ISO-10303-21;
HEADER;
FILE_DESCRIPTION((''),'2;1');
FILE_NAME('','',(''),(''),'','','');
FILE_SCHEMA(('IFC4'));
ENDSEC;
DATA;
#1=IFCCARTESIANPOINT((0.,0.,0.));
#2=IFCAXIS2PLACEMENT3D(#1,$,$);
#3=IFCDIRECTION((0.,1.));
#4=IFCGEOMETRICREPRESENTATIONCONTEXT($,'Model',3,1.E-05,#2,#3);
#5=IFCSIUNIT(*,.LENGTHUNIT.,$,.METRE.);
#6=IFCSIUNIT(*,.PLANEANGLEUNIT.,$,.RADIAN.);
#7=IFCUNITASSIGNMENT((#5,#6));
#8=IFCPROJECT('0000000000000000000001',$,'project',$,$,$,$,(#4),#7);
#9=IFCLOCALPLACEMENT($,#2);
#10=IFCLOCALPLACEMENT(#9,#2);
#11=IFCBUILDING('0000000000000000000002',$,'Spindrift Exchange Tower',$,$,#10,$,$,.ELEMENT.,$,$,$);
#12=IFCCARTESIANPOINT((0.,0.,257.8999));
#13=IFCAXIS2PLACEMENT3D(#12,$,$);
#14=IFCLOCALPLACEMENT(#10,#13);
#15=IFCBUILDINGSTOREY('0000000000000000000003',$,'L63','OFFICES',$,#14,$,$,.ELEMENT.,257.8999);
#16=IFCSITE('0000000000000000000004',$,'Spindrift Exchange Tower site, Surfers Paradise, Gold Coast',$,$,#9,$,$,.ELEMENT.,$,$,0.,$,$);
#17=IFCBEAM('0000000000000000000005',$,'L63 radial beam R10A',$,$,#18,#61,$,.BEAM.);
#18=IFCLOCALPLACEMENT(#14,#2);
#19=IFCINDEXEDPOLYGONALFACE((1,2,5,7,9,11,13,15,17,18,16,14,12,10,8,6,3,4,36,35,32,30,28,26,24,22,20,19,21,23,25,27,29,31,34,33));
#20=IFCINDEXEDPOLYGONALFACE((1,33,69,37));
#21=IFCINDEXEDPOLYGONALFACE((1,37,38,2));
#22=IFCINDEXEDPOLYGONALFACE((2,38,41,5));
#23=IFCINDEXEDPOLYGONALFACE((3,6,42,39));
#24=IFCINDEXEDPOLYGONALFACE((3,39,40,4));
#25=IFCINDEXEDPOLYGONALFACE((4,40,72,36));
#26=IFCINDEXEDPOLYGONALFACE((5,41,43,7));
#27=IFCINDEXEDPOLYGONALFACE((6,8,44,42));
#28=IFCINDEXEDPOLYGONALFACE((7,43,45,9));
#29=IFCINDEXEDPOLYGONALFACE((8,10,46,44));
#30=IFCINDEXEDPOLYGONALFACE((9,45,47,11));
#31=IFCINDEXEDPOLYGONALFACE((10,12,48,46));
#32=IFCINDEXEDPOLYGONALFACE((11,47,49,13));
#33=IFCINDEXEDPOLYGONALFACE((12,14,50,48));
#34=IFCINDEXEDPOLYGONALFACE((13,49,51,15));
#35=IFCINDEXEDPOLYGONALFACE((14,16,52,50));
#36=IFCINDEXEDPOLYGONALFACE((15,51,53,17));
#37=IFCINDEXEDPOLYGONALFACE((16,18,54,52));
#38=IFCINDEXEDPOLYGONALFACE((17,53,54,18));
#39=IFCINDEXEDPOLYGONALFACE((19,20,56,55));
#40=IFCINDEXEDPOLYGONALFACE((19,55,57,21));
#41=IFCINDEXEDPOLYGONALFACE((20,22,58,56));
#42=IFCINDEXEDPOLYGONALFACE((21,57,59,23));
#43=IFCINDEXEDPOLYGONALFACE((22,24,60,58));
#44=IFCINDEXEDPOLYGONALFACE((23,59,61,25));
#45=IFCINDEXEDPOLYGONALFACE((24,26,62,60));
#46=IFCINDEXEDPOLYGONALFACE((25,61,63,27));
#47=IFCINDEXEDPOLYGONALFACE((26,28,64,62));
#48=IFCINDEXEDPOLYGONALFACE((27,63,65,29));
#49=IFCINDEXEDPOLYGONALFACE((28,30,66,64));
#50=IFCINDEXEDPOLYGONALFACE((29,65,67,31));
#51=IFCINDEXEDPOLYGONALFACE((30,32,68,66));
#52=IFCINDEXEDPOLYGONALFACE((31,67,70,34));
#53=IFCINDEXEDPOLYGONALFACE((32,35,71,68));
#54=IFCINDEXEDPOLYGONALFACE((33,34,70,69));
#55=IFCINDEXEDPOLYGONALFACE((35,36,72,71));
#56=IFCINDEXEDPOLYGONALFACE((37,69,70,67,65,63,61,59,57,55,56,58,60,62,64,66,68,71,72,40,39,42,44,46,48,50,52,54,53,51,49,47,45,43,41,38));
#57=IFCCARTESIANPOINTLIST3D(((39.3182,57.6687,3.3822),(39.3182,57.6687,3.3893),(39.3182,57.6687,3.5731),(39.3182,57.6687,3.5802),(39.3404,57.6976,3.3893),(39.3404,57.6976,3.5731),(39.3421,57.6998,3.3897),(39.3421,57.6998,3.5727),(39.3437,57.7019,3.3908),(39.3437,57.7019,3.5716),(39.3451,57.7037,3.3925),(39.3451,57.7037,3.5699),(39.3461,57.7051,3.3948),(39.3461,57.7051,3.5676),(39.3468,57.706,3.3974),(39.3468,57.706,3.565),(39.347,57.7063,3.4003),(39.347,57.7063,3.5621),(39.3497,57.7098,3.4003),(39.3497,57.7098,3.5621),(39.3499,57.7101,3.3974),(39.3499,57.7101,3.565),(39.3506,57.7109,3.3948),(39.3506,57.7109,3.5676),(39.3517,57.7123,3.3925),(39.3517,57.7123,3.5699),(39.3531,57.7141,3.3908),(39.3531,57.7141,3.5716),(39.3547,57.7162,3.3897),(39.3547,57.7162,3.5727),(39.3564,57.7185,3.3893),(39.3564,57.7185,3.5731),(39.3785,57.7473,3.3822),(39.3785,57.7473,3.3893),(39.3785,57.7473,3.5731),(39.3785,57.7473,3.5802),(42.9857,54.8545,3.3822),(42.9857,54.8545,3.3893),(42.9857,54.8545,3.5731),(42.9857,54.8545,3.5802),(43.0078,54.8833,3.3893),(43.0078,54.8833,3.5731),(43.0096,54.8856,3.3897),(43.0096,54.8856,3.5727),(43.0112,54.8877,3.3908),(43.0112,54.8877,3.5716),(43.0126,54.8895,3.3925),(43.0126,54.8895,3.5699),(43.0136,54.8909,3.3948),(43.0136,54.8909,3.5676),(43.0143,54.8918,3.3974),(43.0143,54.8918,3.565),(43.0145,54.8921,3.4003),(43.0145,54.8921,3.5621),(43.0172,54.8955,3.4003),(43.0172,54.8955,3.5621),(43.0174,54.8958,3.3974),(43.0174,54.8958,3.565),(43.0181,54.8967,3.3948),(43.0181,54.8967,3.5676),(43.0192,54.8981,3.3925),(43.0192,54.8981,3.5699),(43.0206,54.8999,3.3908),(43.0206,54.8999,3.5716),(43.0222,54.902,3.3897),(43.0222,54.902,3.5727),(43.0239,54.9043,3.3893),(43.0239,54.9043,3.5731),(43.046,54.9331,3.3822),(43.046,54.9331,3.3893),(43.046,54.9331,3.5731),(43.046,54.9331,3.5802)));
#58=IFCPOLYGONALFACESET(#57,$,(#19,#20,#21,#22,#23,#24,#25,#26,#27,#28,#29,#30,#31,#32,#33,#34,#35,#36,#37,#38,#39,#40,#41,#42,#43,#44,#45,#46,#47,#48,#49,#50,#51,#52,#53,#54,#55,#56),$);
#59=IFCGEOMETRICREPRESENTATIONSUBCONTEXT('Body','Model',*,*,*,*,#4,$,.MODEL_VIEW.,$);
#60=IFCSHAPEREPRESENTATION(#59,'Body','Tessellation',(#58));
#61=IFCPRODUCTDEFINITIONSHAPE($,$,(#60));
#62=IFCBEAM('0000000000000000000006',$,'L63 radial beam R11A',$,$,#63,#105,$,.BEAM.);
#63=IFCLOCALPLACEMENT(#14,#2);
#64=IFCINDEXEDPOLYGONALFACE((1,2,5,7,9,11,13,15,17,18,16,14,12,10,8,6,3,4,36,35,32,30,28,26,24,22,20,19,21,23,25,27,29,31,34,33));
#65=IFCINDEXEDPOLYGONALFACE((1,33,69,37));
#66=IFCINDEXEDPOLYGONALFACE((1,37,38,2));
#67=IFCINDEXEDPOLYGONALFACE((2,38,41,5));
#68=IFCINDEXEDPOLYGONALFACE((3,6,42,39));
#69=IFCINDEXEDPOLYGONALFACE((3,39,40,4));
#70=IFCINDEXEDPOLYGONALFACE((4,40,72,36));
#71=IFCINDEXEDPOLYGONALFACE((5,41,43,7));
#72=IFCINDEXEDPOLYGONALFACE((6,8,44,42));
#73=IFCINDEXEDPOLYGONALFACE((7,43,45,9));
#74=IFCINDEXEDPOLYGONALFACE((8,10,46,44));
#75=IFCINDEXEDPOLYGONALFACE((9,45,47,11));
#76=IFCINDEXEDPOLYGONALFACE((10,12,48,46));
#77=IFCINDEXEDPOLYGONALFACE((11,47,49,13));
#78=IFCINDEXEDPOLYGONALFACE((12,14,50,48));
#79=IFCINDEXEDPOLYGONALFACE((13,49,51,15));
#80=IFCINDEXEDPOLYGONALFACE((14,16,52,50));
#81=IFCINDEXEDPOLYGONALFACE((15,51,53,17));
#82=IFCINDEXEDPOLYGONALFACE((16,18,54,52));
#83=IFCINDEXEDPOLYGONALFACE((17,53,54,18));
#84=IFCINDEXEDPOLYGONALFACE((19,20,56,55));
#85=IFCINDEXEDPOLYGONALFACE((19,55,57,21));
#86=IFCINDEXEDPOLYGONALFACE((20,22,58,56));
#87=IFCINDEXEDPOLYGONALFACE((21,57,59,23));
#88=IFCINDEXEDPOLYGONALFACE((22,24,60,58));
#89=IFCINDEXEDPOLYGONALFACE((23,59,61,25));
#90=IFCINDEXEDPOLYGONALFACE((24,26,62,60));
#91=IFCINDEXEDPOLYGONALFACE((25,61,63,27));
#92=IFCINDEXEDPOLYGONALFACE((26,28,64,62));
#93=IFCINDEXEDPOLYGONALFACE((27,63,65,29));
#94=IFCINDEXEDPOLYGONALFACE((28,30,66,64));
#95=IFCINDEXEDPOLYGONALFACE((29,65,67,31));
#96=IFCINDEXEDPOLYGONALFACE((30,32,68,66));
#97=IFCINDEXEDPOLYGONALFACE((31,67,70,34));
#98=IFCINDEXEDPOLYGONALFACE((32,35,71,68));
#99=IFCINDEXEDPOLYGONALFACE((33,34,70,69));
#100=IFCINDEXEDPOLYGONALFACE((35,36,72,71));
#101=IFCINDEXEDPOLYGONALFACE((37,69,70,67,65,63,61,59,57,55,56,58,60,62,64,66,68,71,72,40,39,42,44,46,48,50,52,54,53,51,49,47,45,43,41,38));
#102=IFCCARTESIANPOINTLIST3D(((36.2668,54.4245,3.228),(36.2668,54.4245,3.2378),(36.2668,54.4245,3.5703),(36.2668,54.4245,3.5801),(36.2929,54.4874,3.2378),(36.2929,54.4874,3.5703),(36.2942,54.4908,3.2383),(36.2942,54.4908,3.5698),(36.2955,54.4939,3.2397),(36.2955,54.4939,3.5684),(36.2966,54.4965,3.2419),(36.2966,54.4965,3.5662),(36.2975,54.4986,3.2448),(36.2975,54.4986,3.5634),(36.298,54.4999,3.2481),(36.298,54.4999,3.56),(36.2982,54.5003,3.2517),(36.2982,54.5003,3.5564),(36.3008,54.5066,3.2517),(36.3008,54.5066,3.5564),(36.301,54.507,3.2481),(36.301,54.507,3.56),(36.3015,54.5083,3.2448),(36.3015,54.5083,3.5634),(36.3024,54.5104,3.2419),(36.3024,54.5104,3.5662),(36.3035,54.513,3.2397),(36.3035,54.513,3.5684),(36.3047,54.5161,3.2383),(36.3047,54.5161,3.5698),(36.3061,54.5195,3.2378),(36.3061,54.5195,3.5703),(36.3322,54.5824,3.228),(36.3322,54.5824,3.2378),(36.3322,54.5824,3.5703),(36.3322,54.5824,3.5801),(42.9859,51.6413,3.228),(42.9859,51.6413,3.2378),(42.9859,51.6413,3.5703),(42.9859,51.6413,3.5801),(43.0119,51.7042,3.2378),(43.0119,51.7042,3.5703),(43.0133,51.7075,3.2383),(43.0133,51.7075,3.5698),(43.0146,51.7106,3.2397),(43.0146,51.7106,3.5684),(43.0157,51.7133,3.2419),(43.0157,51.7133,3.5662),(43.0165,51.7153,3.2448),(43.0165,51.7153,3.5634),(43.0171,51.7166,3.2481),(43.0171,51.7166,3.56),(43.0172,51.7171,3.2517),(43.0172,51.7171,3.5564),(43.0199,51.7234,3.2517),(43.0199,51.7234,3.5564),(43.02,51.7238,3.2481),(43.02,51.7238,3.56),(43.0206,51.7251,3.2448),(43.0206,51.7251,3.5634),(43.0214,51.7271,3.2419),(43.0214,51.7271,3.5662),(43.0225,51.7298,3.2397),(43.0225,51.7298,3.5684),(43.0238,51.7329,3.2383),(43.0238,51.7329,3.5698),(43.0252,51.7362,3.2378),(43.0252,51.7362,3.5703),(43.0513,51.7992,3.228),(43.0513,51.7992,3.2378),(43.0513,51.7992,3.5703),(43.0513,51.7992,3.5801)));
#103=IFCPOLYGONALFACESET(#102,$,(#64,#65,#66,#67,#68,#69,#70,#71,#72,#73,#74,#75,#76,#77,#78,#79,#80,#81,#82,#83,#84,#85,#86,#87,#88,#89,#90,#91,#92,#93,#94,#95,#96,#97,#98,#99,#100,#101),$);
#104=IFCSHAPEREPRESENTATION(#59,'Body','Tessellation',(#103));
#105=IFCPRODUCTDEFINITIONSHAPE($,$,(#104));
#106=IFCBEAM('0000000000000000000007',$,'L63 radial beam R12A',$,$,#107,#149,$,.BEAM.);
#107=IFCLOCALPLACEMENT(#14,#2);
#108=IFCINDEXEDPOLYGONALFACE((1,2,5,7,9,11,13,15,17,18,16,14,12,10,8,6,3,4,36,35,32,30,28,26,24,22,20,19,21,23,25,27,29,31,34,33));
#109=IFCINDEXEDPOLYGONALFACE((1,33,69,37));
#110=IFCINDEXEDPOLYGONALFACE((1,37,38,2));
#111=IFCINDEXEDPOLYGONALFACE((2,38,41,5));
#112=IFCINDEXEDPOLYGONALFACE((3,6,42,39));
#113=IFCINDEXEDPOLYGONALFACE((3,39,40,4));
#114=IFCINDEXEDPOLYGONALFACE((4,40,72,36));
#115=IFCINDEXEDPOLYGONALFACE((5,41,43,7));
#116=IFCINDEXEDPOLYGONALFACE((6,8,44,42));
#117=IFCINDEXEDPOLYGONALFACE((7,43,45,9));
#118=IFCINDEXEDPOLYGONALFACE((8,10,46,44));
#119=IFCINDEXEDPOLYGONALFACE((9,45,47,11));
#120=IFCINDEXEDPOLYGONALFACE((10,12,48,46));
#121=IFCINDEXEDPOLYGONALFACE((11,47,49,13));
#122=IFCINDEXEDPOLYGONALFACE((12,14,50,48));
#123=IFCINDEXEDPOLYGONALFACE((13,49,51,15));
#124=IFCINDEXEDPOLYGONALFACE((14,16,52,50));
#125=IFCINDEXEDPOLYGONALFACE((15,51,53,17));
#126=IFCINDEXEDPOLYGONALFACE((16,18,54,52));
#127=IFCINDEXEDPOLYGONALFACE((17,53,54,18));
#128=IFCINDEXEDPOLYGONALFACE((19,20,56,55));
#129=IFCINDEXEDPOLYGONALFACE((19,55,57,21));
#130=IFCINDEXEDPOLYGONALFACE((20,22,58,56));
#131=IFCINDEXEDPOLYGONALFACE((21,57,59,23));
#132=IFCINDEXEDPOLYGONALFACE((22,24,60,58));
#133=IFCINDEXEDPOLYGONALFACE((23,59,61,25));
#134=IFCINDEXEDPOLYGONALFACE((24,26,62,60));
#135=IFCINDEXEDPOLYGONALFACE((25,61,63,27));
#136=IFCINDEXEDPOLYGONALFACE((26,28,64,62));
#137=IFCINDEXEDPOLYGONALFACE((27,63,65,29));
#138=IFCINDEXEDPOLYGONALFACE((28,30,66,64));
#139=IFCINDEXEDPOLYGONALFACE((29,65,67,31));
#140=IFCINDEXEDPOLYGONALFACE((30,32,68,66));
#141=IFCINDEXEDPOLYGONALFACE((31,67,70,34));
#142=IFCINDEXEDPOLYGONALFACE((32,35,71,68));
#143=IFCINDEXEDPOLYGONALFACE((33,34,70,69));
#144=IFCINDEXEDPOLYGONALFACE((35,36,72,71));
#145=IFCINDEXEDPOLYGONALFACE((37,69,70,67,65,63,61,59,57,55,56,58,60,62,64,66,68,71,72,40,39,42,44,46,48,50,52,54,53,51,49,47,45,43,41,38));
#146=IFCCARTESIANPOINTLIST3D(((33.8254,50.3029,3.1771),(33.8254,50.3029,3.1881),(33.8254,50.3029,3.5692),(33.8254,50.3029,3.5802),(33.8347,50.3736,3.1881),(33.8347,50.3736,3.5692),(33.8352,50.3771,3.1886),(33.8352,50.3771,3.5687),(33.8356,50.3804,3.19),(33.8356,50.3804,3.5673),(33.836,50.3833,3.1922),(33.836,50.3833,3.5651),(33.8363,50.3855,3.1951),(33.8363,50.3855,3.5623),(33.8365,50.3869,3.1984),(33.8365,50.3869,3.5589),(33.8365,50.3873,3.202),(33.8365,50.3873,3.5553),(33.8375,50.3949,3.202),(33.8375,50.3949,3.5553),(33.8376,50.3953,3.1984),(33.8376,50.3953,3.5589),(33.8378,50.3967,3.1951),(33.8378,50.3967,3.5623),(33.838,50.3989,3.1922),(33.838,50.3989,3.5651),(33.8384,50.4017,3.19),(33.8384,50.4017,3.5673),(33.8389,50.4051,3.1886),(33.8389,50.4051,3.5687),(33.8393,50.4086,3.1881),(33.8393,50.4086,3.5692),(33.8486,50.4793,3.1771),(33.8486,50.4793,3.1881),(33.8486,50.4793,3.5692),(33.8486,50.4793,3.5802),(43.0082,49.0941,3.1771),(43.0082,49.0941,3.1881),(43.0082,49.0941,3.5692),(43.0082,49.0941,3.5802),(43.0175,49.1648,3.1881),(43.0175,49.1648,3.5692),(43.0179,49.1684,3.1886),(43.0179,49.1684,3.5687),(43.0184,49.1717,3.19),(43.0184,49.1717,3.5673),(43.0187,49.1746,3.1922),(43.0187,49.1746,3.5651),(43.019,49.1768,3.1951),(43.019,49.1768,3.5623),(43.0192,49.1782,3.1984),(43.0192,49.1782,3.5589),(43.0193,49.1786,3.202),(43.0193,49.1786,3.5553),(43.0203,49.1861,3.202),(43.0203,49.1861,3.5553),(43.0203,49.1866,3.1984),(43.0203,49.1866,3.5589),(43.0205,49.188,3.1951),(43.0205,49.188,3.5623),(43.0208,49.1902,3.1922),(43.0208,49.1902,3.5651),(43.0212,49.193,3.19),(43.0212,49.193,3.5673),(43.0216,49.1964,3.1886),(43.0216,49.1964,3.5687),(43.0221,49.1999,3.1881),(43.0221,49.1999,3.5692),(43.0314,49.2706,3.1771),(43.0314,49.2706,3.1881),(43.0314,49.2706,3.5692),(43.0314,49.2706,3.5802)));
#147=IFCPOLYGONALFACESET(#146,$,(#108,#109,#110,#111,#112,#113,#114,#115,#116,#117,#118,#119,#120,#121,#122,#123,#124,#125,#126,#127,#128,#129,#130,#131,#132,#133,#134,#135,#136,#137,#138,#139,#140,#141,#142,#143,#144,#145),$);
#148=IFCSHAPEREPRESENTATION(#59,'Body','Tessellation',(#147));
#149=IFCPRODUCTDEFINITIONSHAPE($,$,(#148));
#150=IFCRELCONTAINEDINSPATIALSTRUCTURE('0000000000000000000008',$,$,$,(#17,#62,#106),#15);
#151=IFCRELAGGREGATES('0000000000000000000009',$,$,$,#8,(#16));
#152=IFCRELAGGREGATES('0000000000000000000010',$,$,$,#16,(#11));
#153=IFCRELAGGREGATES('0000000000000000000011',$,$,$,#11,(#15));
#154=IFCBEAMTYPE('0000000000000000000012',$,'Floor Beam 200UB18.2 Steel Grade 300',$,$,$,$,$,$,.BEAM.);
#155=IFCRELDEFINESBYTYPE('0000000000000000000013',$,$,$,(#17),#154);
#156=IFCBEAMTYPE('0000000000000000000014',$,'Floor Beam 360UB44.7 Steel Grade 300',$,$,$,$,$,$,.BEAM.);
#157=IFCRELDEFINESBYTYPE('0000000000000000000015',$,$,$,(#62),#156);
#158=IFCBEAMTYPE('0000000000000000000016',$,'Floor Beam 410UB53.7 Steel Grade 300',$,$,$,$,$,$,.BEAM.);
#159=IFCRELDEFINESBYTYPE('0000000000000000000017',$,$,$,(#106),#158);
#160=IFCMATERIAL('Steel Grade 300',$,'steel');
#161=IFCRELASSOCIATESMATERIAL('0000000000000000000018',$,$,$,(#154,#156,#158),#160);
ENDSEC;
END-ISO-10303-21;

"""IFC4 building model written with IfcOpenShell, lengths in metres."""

from ifc_helpers import new_model, si_unit, direction, frame, origin, origin_2d, place, context, subcontext, project, spatial, i_section, extrude, source, transform, mapped, material, material_profile, profile_set, type_object, element, save


model = new_model("IFC4")

# Units and contexts
model_context = context("Model", 3, precision=1e-05, world=origin(), true_north=direction((0.0, 1.0)))
body_context = subcontext(model_context, "Body", "Model", "MODEL_VIEW")
ifc_project = project(units=[si_unit("LENGTHUNIT", "METRE"), si_unit("PLANEANGLEUNIT", "RADIAN")], contexts=[model_context])

# Site, building, storey
site_placement = place(None, origin())
site = spatial("IfcSite", under=ifc_project, at=site_placement, Name="Spindrift Exchange Tower site, Surfers Paradise, Gold Coast", CompositionType="ELEMENT", RefElevation=0.0)
building_placement = place(site_placement, origin())
building = spatial("IfcBuilding", under=site, at=building_placement, Name="Spindrift Exchange Tower", CompositionType="ELEMENT")
storey_placement = place(building_placement, frame((0.0, 0.0, 257.8999)))
storey = spatial("IfcBuildingStorey", under=building, at=storey_placement, Name="L63", Description="OFFICES", CompositionType="ELEMENT", Elevation=257.8999)

# Beams
ifc_material_1 = material(Name="Steel Grade 300", Category="steel")
ifc_material_profile_1 = material_profile(ifc_material_1, i_section(OverallWidth=0.0991, OverallDepth=0.198, WebThickness=0.0044, FlangeThickness=0.0071, FilletRadius=0.011, at=origin_2d()), Name="200UB18.2")
ifc_profile_set_1 = profile_set([ifc_material_profile_1], Name="Steel Grade 300")
beam_type_1 = type_object("IfcBeamType", Name="Floor Beam 200UB18.2 Steel Grade 300", PredefinedType="BEAM", material=ifc_profile_set_1)
shared_shape_1 = source(origin(), body_context, "Body", "SweptSolid", [
    extrude(i_section(OverallWidth=0.0991, OverallDepth=0.198, WebThickness=0.0044, FlangeThickness=0.0071, FilletRadius=0.011, at=origin_2d()), origin(), (0.0, 0.0, 1.0), 4.6228),
])
beam_1_placement = place(storey_placement, frame((43.0159, 54.8938, 3.4812), z_axis=(-0.793348, 0.608769, 0.0), x_axis=(-0.608769, -0.793348, 0.0)))
element("IfcBeam", 1, at=beam_1_placement, inside=storey, type_object=beam_type_1, Name="L63 radial beam R10A", PredefinedType="BEAM", context=body_context, shape_type="MappedRepresentation", body=[
    mapped(shared_shape_1, transform((0.0, 0.0, 0.0), scale=1.0)),
])
ifc_material_profile_2 = material_profile(ifc_material_1, i_section(OverallWidth=0.1709, OverallDepth=0.3521, WebThickness=0.0068, FlangeThickness=0.0098, FilletRadius=0.0139, at=origin_2d()), Name="360UB44.7")
ifc_profile_set_2 = profile_set([ifc_material_profile_2], Name="Steel Grade 300")
beam_type_2 = type_object("IfcBeamType", Name="Floor Beam 360UB44.7 Steel Grade 300", PredefinedType="BEAM", material=ifc_profile_set_2)
shared_shape_2 = source(origin(), body_context, "Body", "SweptSolid", [
    extrude(i_section(OverallWidth=0.1709, OverallDepth=0.3521, WebThickness=0.0068, FlangeThickness=0.0098, FilletRadius=0.0139, at=origin_2d()), origin(), (0.0, 0.0, 1.0), 7.2727),
])
beam_2_placement = place(storey_placement, frame((43.0186, 51.7202, 3.4041), z_axis=(-0.923874, 0.382696, 0.0), x_axis=(-0.382696, -0.923874, 0.0)))
element("IfcBeam", 2, at=beam_2_placement, inside=storey, type_object=beam_type_2, Name="L63 radial beam R11A", PredefinedType="BEAM", context=body_context, shape_type="MappedRepresentation", body=[
    mapped(shared_shape_2, transform((0.0, 0.0, 0.0), scale=1.0)),
])
ifc_material_profile_3 = material_profile(ifc_material_1, i_section(OverallWidth=0.178, OverallDepth=0.4031, WebThickness=0.0076, FlangeThickness=0.011, FilletRadius=0.0139, at=origin_2d()), Name="410UB53.7")
ifc_profile_set_3 = profile_set([ifc_material_profile_3], Name="Steel Grade 300")
beam_type_3 = type_object("IfcBeamType", Name="Floor Beam 410UB53.7 Steel Grade 300", PredefinedType="BEAM", material=ifc_profile_set_3)
shared_shape_3 = source(origin(), body_context, "Body", "SweptSolid", [
    extrude(i_section(OverallWidth=0.178, OverallDepth=0.4031, WebThickness=0.0076, FlangeThickness=0.011, FilletRadius=0.0139, at=origin_2d()), origin(), (0.0, 0.0, 1.0), 9.262),
])
beam_3_placement = place(storey_placement, frame((43.0198, 49.1824, 3.3787), z_axis=(-0.991448, 0.130504, 0.0), x_axis=(-0.130504, -0.991448, 0.0)))
element("IfcBeam", 3, at=beam_3_placement, inside=storey, type_object=beam_type_3, Name="L63 radial beam R12A", PredefinedType="BEAM", context=body_context, shape_type="MappedRepresentation", body=[
    mapped(shared_shape_3, transform((0.0, 0.0, 0.0), scale=1.0)),
])

save(model, "model.ifc")
